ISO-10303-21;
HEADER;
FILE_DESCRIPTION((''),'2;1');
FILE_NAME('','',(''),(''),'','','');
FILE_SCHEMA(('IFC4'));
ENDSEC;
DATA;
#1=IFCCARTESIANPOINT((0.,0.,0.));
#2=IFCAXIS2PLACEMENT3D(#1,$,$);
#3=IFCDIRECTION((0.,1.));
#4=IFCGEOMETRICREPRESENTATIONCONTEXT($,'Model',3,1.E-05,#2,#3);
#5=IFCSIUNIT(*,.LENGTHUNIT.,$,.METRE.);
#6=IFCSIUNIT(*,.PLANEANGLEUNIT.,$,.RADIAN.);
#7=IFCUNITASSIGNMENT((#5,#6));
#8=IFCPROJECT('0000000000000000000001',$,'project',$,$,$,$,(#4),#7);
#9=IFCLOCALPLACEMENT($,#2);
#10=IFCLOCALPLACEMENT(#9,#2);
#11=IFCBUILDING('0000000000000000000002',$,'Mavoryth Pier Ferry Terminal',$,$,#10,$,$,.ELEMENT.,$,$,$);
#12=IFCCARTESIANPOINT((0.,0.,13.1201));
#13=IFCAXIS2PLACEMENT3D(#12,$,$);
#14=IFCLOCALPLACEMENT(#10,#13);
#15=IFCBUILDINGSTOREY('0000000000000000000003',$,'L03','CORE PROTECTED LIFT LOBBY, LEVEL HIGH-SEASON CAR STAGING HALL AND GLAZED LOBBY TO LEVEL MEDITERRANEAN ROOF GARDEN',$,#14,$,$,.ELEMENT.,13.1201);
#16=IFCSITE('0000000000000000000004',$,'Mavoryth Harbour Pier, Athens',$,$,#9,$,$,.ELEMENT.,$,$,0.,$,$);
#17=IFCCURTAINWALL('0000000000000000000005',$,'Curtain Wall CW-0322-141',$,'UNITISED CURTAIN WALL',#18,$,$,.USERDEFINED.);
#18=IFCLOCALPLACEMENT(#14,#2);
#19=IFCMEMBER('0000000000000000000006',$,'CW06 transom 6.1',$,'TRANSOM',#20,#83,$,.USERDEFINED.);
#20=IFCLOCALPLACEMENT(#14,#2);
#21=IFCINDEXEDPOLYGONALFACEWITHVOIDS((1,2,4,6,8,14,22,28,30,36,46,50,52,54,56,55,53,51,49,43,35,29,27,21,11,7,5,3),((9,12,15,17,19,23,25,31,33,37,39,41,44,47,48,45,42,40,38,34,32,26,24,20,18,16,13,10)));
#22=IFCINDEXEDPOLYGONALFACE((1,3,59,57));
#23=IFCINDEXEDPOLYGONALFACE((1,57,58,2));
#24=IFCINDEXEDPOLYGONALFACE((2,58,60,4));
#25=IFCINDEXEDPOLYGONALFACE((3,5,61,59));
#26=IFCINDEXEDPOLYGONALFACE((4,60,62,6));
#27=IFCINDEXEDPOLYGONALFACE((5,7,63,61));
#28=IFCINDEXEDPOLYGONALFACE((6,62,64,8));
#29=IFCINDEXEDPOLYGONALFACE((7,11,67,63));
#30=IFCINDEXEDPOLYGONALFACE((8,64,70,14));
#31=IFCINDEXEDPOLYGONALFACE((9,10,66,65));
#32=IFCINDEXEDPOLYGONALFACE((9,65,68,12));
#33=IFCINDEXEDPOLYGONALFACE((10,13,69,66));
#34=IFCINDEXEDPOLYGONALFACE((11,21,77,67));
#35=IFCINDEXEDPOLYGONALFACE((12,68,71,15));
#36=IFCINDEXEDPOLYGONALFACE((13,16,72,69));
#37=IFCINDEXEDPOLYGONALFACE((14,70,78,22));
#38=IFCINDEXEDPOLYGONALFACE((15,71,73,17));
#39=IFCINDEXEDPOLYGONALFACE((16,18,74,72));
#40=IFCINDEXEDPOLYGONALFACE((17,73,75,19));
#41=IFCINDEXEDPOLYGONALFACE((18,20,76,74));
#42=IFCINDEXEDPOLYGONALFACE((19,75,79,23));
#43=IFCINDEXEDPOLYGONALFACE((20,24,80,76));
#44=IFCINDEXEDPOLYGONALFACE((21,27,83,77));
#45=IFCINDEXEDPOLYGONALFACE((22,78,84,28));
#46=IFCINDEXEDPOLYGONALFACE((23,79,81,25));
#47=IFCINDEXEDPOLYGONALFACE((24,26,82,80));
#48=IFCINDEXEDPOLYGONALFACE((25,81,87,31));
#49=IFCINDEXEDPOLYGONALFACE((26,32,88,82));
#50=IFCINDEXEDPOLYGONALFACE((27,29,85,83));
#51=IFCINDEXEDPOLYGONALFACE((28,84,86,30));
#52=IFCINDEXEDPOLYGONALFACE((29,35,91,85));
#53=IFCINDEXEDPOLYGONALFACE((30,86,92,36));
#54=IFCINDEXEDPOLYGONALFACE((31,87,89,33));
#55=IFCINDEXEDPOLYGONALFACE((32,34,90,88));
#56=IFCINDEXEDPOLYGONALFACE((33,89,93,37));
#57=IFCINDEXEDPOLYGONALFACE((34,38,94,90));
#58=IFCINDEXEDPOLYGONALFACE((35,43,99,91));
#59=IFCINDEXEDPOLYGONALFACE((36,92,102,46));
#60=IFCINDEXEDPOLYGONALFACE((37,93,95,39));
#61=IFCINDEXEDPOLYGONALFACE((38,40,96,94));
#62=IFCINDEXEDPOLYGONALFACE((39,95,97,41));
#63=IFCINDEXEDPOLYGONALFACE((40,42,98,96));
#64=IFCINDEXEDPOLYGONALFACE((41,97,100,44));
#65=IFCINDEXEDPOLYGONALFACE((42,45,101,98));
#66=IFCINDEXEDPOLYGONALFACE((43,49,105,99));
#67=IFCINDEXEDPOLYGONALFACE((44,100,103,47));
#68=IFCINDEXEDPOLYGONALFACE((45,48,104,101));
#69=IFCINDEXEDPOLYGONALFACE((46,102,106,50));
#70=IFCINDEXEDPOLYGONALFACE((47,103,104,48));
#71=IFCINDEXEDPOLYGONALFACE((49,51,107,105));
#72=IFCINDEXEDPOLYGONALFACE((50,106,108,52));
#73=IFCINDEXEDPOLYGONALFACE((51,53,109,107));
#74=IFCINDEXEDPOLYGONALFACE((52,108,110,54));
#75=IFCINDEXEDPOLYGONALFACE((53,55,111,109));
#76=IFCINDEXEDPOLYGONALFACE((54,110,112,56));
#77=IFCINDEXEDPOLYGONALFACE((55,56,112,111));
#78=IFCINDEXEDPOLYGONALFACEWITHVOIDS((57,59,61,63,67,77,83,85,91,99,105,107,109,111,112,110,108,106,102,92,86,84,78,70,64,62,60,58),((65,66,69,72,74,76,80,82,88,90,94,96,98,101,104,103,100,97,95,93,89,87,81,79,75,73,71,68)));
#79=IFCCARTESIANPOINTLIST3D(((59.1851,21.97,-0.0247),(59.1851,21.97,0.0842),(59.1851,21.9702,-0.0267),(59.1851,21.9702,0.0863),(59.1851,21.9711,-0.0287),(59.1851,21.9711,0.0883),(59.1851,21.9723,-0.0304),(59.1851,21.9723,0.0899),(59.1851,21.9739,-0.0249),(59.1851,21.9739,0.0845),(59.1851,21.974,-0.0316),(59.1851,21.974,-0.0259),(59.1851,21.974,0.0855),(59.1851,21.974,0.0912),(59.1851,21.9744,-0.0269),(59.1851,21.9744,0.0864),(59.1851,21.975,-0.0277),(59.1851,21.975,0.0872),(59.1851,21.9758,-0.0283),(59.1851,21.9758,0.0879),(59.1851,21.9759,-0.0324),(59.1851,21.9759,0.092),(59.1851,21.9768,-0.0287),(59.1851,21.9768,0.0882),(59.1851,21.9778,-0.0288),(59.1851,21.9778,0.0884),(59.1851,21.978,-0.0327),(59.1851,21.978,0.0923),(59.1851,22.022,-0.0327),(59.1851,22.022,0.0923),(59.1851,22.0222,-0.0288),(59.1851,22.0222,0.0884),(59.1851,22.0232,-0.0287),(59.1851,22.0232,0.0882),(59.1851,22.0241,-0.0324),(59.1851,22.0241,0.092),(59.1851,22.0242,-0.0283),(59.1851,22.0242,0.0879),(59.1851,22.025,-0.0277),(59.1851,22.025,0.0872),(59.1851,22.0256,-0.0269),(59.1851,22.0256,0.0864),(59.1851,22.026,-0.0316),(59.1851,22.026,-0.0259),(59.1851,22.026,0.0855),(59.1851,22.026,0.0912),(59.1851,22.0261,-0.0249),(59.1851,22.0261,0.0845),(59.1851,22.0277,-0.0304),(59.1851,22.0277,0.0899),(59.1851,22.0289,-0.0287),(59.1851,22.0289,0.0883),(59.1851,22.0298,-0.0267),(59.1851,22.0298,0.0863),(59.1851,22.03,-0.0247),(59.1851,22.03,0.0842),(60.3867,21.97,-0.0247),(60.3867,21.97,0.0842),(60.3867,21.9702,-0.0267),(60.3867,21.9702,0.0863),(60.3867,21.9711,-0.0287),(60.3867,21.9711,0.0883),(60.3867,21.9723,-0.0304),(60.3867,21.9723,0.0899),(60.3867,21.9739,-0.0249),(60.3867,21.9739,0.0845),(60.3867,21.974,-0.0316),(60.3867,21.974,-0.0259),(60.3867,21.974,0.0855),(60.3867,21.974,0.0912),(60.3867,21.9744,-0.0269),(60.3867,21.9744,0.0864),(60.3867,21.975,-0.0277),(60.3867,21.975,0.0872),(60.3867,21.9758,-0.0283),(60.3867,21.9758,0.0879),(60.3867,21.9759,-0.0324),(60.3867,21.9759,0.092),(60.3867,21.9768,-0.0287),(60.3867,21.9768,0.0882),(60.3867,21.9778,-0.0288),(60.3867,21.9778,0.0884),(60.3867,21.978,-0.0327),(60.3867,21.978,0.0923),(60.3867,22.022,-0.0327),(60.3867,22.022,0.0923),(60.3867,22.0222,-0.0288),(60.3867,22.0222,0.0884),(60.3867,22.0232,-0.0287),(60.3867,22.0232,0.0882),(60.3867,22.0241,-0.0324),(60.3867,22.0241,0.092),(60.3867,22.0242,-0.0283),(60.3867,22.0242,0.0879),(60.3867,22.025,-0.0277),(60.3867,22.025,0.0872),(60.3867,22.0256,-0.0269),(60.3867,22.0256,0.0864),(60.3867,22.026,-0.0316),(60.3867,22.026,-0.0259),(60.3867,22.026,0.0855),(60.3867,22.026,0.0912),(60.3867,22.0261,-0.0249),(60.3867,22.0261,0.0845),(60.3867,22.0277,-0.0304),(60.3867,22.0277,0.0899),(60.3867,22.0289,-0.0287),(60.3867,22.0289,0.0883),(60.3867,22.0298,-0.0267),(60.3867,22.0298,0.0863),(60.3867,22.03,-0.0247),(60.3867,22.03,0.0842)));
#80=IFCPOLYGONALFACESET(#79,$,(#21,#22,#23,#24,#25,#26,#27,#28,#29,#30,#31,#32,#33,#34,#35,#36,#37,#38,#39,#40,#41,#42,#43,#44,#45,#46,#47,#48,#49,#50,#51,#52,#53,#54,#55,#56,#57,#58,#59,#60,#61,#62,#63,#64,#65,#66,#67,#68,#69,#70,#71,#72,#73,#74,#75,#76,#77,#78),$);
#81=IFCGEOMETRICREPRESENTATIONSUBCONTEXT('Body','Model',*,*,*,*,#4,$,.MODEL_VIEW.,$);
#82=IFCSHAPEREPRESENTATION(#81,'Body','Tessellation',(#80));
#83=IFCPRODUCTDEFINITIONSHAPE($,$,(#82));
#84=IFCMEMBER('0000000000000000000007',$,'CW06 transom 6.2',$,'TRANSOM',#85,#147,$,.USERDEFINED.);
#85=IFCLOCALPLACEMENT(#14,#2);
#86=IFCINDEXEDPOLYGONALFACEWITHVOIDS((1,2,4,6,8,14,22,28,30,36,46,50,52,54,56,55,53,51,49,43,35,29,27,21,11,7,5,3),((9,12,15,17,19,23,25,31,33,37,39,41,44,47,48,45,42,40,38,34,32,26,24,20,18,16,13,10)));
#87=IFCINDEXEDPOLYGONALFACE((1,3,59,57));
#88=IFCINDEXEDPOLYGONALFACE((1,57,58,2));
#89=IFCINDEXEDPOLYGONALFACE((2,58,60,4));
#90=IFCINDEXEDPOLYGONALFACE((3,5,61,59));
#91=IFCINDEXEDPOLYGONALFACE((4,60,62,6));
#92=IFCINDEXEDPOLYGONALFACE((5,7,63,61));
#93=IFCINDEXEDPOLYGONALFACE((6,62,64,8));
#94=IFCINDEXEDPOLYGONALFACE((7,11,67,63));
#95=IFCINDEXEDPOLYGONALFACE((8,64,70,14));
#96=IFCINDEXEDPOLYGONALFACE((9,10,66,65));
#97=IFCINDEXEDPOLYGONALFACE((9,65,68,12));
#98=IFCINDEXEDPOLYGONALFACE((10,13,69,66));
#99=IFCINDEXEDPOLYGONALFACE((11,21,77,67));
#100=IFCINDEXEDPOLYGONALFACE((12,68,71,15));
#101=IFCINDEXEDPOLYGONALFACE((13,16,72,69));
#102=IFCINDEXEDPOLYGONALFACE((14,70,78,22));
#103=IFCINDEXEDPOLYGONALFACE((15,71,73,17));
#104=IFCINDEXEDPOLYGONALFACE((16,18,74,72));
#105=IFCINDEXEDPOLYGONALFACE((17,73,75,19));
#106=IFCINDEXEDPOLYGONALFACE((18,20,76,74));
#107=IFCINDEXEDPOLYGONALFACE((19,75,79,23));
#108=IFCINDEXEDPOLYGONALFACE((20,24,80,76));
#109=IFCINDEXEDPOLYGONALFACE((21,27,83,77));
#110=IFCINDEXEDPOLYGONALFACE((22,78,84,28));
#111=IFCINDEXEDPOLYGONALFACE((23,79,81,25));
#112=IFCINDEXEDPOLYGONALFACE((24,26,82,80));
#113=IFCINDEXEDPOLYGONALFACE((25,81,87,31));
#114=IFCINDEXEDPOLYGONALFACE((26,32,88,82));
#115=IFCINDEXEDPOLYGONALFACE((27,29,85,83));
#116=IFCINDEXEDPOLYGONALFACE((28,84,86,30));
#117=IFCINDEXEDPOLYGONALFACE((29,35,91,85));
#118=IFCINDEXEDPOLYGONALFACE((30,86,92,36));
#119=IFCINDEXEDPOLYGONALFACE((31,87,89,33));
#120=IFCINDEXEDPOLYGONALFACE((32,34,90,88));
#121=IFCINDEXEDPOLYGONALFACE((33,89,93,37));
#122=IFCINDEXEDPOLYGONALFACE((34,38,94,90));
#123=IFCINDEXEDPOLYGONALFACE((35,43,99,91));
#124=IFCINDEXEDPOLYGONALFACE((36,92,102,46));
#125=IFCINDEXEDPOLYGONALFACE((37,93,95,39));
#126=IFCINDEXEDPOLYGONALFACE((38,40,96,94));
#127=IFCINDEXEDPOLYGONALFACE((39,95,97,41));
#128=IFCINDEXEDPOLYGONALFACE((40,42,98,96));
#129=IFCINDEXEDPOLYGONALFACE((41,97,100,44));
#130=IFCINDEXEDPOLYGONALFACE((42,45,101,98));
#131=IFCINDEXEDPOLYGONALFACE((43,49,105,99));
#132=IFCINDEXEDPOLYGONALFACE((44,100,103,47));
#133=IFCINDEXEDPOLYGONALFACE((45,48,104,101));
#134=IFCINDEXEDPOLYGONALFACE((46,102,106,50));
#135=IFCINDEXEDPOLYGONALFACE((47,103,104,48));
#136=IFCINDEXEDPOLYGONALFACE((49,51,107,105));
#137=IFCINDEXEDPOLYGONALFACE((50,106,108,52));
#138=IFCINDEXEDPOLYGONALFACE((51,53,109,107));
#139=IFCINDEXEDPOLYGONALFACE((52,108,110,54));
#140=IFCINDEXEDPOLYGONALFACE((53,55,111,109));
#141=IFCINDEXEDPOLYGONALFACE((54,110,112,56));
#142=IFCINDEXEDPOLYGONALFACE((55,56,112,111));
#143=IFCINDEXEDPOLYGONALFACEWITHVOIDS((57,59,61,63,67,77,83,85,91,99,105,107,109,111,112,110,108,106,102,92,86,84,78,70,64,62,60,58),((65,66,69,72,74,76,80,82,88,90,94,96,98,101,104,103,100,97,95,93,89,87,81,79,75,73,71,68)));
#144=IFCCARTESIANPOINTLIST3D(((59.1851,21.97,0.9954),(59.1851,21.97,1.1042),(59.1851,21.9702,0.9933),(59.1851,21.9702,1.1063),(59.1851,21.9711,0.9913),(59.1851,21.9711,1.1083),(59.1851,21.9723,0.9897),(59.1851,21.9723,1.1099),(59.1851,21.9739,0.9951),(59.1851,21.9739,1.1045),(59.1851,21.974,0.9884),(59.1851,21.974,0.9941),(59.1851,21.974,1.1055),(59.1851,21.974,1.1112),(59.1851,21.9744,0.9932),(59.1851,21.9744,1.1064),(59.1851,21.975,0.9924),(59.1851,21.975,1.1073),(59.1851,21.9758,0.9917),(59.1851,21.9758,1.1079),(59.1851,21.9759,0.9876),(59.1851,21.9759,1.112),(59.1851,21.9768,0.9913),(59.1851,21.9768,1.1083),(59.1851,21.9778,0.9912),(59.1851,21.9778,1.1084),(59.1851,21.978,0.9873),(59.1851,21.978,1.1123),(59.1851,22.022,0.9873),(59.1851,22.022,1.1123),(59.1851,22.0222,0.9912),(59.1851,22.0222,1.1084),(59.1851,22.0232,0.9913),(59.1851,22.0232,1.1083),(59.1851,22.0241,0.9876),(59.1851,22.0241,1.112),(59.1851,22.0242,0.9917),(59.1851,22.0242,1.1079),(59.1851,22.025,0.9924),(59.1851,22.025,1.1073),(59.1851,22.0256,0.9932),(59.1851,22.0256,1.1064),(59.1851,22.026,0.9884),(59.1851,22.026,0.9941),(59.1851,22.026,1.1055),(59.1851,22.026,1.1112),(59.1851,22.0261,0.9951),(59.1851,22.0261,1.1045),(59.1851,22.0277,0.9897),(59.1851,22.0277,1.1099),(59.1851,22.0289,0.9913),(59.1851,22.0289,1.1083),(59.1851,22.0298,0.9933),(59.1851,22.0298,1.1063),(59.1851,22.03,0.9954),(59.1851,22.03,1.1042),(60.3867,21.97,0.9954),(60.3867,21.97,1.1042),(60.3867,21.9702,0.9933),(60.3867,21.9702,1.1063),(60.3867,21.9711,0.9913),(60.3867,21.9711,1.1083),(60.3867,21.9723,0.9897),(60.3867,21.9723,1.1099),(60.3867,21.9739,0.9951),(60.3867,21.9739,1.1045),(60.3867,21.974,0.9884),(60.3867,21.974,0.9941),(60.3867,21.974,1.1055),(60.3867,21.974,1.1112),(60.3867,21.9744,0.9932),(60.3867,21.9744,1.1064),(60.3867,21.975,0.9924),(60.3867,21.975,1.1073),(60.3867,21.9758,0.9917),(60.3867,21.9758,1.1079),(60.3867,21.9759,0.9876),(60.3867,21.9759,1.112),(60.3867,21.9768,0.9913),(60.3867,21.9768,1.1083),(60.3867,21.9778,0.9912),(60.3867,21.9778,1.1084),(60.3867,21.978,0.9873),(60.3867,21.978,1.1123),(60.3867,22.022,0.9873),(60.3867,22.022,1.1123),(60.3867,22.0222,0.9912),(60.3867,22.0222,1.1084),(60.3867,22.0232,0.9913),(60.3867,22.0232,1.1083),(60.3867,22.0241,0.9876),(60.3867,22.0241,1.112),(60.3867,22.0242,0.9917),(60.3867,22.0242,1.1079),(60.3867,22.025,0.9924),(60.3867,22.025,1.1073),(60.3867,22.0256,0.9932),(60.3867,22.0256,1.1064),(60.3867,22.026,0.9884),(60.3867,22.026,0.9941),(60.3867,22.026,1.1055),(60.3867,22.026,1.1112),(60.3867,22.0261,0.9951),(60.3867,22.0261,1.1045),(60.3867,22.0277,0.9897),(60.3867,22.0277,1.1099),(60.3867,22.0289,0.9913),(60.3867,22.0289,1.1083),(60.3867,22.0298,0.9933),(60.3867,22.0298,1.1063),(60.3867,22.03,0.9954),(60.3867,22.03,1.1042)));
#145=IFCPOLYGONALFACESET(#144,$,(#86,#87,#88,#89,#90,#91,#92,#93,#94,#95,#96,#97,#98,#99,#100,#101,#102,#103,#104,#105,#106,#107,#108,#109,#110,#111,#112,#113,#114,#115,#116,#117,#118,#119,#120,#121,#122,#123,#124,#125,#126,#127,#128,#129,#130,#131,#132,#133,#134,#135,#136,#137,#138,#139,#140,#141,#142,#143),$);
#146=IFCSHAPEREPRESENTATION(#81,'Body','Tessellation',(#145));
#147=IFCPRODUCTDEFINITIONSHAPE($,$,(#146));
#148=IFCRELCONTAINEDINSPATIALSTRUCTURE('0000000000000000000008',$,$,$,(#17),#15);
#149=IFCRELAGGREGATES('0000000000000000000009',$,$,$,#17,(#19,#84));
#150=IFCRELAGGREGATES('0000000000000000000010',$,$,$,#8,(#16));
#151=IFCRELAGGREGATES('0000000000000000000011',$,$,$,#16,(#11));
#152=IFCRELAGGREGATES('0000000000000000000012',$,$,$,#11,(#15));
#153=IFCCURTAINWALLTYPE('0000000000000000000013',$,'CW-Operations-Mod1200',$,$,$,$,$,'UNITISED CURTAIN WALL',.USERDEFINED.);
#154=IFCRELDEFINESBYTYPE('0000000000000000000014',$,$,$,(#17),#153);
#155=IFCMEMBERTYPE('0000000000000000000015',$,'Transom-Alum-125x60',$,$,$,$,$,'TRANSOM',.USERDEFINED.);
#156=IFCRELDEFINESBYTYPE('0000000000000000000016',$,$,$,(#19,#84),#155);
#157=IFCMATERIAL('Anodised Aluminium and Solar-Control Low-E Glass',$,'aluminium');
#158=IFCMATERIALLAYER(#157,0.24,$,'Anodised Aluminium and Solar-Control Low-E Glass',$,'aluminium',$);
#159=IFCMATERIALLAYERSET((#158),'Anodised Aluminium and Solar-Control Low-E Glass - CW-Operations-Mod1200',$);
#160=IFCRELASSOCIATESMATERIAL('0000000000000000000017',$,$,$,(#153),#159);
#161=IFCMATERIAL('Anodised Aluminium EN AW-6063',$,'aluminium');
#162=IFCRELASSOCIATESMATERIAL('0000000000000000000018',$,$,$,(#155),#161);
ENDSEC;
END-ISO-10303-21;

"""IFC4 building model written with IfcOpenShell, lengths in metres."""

from ifc_helpers import new_model, si_unit, direction, frame, origin, origin_2d, place, context, subcontext, project, spatial, hollow_rectangle, extrude, material, layer, layer_set, material_profile, profile_set, type_object, element, aggregate, save


model = new_model("IFC4")

# Units and contexts
model_context = context("Model", 3, precision=1e-05, world=origin(), true_north=direction((0.0, 1.0)))
body_context = subcontext(model_context, "Body", "Model", "MODEL_VIEW")
ifc_project = project(units=[si_unit("LENGTHUNIT", "METRE"), si_unit("PLANEANGLEUNIT", "RADIAN")], contexts=[model_context])

# Site, building, storey
site_placement = place(None, origin())
site = spatial("IfcSite", under=ifc_project, at=site_placement, Name="Mavoryth Harbour Pier, Athens", CompositionType="ELEMENT", RefElevation=0.0)
building_placement = place(site_placement, origin())
building = spatial("IfcBuilding", under=site, at=building_placement, Name="Mavoryth Pier Ferry Terminal", CompositionType="ELEMENT")
storey_placement = place(building_placement, frame((0.0, 0.0, 13.1201)))
storey = spatial("IfcBuildingStorey", under=building, at=storey_placement, Name="L03", Description="CORE PROTECTED LIFT LOBBY, LEVEL HIGH-SEASON CAR STAGING HALL AND GLAZED LOBBY TO LEVEL MEDITERRANEAN ROOF GARDEN", CompositionType="ELEMENT", Elevation=13.1201)

# Shared definitions
ifc_material_1 = material(Name="Anodised Aluminium and Solar-Control Low-E Glass", Category="aluminium")
ifc_layer_1 = layer(ifc_material_1, 0.24, Name="Anodised Aluminium and Solar-Control Low-E Glass", Category="aluminium")
ifc_layer_set_1 = layer_set([ifc_layer_1], Name="Anodised Aluminium and Solar-Control Low-E Glass - CW-Operations-Mod1200")
curtain_wall_type = type_object("IfcCurtainWallType", Name="CW-Operations-Mod1200", ElementType="UNITISED CURTAIN WALL", PredefinedType="USERDEFINED", material=ifc_layer_set_1)
ifc_material_2 = material(Name="Anodised Aluminium EN AW-6063", Category="aluminium")

# Curtain wall
curtain_wall_1_placement = place(storey_placement, origin())
curtain_wall_1 = element("IfcCurtainWall", 1, at=curtain_wall_1_placement, inside=storey, type_object=curtain_wall_type, Name="Curtain Wall CW-0322-141", ObjectType="UNITISED CURTAIN WALL", PredefinedType="USERDEFINED")

# Members
ifc_material_profile_1 = material_profile(ifc_material_2, hollow_rectangle(XDim=0.0601, YDim=0.125, WallThickness=0.0039, InnerFilletRadius=0.0039, OuterFilletRadius=0.0081, at=origin_2d()), Name="AL-TRAN 125x60x4", Category="aluminium")
ifc_profile_set_1 = profile_set([ifc_material_profile_1], Name="Anodised Aluminium EN AW-6063 - AL-TRAN 125x60x4")
member_type_1 = type_object("IfcMemberType", Name="Transom-Alum-125x60", ElementType="TRANSOM", PredefinedType="USERDEFINED", material=ifc_profile_set_1)
member_1_placement = place(storey_placement, frame((60.3867, 22.0, 0.0298), z_axis=(-1.0, 0.0, 0.0), x_axis=(0.0, -1.0, 0.0)))
member_1 = element("IfcMember", 2, at=member_1_placement, type_object=member_type_1, Name="CW06 transom 6.1", ObjectType="TRANSOM", PredefinedType="USERDEFINED", context=body_context, shape_type="SweptSolid", body=[
    extrude(hollow_rectangle(XDim=0.0601, YDim=0.125, WallThickness=0.0039, InnerFilletRadius=0.0039, OuterFilletRadius=0.0081, at=origin_2d()), origin(), (0.0, 0.0, 1.0), 1.2017),
])
member_2_placement = place(storey_placement, frame((60.3867, 22.0, 1.0498), z_axis=(-1.0, 0.0, 0.0), x_axis=(0.0, -1.0, 0.0)))
member_2 = element("IfcMember", 3, at=member_2_placement, type_object=member_type_1, Name="CW06 transom 6.2", ObjectType="TRANSOM", PredefinedType="USERDEFINED", context=body_context, shape_type="SweptSolid", body=[
    extrude(hollow_rectangle(XDim=0.0601, YDim=0.125, WallThickness=0.0039, InnerFilletRadius=0.0039, OuterFilletRadius=0.0081, at=origin_2d()), origin(), (0.0, 0.0, 1.0), 1.2017),
])

aggregate(curtain_wall_1, [member_1, member_2])

save(model, "model.ifc")
